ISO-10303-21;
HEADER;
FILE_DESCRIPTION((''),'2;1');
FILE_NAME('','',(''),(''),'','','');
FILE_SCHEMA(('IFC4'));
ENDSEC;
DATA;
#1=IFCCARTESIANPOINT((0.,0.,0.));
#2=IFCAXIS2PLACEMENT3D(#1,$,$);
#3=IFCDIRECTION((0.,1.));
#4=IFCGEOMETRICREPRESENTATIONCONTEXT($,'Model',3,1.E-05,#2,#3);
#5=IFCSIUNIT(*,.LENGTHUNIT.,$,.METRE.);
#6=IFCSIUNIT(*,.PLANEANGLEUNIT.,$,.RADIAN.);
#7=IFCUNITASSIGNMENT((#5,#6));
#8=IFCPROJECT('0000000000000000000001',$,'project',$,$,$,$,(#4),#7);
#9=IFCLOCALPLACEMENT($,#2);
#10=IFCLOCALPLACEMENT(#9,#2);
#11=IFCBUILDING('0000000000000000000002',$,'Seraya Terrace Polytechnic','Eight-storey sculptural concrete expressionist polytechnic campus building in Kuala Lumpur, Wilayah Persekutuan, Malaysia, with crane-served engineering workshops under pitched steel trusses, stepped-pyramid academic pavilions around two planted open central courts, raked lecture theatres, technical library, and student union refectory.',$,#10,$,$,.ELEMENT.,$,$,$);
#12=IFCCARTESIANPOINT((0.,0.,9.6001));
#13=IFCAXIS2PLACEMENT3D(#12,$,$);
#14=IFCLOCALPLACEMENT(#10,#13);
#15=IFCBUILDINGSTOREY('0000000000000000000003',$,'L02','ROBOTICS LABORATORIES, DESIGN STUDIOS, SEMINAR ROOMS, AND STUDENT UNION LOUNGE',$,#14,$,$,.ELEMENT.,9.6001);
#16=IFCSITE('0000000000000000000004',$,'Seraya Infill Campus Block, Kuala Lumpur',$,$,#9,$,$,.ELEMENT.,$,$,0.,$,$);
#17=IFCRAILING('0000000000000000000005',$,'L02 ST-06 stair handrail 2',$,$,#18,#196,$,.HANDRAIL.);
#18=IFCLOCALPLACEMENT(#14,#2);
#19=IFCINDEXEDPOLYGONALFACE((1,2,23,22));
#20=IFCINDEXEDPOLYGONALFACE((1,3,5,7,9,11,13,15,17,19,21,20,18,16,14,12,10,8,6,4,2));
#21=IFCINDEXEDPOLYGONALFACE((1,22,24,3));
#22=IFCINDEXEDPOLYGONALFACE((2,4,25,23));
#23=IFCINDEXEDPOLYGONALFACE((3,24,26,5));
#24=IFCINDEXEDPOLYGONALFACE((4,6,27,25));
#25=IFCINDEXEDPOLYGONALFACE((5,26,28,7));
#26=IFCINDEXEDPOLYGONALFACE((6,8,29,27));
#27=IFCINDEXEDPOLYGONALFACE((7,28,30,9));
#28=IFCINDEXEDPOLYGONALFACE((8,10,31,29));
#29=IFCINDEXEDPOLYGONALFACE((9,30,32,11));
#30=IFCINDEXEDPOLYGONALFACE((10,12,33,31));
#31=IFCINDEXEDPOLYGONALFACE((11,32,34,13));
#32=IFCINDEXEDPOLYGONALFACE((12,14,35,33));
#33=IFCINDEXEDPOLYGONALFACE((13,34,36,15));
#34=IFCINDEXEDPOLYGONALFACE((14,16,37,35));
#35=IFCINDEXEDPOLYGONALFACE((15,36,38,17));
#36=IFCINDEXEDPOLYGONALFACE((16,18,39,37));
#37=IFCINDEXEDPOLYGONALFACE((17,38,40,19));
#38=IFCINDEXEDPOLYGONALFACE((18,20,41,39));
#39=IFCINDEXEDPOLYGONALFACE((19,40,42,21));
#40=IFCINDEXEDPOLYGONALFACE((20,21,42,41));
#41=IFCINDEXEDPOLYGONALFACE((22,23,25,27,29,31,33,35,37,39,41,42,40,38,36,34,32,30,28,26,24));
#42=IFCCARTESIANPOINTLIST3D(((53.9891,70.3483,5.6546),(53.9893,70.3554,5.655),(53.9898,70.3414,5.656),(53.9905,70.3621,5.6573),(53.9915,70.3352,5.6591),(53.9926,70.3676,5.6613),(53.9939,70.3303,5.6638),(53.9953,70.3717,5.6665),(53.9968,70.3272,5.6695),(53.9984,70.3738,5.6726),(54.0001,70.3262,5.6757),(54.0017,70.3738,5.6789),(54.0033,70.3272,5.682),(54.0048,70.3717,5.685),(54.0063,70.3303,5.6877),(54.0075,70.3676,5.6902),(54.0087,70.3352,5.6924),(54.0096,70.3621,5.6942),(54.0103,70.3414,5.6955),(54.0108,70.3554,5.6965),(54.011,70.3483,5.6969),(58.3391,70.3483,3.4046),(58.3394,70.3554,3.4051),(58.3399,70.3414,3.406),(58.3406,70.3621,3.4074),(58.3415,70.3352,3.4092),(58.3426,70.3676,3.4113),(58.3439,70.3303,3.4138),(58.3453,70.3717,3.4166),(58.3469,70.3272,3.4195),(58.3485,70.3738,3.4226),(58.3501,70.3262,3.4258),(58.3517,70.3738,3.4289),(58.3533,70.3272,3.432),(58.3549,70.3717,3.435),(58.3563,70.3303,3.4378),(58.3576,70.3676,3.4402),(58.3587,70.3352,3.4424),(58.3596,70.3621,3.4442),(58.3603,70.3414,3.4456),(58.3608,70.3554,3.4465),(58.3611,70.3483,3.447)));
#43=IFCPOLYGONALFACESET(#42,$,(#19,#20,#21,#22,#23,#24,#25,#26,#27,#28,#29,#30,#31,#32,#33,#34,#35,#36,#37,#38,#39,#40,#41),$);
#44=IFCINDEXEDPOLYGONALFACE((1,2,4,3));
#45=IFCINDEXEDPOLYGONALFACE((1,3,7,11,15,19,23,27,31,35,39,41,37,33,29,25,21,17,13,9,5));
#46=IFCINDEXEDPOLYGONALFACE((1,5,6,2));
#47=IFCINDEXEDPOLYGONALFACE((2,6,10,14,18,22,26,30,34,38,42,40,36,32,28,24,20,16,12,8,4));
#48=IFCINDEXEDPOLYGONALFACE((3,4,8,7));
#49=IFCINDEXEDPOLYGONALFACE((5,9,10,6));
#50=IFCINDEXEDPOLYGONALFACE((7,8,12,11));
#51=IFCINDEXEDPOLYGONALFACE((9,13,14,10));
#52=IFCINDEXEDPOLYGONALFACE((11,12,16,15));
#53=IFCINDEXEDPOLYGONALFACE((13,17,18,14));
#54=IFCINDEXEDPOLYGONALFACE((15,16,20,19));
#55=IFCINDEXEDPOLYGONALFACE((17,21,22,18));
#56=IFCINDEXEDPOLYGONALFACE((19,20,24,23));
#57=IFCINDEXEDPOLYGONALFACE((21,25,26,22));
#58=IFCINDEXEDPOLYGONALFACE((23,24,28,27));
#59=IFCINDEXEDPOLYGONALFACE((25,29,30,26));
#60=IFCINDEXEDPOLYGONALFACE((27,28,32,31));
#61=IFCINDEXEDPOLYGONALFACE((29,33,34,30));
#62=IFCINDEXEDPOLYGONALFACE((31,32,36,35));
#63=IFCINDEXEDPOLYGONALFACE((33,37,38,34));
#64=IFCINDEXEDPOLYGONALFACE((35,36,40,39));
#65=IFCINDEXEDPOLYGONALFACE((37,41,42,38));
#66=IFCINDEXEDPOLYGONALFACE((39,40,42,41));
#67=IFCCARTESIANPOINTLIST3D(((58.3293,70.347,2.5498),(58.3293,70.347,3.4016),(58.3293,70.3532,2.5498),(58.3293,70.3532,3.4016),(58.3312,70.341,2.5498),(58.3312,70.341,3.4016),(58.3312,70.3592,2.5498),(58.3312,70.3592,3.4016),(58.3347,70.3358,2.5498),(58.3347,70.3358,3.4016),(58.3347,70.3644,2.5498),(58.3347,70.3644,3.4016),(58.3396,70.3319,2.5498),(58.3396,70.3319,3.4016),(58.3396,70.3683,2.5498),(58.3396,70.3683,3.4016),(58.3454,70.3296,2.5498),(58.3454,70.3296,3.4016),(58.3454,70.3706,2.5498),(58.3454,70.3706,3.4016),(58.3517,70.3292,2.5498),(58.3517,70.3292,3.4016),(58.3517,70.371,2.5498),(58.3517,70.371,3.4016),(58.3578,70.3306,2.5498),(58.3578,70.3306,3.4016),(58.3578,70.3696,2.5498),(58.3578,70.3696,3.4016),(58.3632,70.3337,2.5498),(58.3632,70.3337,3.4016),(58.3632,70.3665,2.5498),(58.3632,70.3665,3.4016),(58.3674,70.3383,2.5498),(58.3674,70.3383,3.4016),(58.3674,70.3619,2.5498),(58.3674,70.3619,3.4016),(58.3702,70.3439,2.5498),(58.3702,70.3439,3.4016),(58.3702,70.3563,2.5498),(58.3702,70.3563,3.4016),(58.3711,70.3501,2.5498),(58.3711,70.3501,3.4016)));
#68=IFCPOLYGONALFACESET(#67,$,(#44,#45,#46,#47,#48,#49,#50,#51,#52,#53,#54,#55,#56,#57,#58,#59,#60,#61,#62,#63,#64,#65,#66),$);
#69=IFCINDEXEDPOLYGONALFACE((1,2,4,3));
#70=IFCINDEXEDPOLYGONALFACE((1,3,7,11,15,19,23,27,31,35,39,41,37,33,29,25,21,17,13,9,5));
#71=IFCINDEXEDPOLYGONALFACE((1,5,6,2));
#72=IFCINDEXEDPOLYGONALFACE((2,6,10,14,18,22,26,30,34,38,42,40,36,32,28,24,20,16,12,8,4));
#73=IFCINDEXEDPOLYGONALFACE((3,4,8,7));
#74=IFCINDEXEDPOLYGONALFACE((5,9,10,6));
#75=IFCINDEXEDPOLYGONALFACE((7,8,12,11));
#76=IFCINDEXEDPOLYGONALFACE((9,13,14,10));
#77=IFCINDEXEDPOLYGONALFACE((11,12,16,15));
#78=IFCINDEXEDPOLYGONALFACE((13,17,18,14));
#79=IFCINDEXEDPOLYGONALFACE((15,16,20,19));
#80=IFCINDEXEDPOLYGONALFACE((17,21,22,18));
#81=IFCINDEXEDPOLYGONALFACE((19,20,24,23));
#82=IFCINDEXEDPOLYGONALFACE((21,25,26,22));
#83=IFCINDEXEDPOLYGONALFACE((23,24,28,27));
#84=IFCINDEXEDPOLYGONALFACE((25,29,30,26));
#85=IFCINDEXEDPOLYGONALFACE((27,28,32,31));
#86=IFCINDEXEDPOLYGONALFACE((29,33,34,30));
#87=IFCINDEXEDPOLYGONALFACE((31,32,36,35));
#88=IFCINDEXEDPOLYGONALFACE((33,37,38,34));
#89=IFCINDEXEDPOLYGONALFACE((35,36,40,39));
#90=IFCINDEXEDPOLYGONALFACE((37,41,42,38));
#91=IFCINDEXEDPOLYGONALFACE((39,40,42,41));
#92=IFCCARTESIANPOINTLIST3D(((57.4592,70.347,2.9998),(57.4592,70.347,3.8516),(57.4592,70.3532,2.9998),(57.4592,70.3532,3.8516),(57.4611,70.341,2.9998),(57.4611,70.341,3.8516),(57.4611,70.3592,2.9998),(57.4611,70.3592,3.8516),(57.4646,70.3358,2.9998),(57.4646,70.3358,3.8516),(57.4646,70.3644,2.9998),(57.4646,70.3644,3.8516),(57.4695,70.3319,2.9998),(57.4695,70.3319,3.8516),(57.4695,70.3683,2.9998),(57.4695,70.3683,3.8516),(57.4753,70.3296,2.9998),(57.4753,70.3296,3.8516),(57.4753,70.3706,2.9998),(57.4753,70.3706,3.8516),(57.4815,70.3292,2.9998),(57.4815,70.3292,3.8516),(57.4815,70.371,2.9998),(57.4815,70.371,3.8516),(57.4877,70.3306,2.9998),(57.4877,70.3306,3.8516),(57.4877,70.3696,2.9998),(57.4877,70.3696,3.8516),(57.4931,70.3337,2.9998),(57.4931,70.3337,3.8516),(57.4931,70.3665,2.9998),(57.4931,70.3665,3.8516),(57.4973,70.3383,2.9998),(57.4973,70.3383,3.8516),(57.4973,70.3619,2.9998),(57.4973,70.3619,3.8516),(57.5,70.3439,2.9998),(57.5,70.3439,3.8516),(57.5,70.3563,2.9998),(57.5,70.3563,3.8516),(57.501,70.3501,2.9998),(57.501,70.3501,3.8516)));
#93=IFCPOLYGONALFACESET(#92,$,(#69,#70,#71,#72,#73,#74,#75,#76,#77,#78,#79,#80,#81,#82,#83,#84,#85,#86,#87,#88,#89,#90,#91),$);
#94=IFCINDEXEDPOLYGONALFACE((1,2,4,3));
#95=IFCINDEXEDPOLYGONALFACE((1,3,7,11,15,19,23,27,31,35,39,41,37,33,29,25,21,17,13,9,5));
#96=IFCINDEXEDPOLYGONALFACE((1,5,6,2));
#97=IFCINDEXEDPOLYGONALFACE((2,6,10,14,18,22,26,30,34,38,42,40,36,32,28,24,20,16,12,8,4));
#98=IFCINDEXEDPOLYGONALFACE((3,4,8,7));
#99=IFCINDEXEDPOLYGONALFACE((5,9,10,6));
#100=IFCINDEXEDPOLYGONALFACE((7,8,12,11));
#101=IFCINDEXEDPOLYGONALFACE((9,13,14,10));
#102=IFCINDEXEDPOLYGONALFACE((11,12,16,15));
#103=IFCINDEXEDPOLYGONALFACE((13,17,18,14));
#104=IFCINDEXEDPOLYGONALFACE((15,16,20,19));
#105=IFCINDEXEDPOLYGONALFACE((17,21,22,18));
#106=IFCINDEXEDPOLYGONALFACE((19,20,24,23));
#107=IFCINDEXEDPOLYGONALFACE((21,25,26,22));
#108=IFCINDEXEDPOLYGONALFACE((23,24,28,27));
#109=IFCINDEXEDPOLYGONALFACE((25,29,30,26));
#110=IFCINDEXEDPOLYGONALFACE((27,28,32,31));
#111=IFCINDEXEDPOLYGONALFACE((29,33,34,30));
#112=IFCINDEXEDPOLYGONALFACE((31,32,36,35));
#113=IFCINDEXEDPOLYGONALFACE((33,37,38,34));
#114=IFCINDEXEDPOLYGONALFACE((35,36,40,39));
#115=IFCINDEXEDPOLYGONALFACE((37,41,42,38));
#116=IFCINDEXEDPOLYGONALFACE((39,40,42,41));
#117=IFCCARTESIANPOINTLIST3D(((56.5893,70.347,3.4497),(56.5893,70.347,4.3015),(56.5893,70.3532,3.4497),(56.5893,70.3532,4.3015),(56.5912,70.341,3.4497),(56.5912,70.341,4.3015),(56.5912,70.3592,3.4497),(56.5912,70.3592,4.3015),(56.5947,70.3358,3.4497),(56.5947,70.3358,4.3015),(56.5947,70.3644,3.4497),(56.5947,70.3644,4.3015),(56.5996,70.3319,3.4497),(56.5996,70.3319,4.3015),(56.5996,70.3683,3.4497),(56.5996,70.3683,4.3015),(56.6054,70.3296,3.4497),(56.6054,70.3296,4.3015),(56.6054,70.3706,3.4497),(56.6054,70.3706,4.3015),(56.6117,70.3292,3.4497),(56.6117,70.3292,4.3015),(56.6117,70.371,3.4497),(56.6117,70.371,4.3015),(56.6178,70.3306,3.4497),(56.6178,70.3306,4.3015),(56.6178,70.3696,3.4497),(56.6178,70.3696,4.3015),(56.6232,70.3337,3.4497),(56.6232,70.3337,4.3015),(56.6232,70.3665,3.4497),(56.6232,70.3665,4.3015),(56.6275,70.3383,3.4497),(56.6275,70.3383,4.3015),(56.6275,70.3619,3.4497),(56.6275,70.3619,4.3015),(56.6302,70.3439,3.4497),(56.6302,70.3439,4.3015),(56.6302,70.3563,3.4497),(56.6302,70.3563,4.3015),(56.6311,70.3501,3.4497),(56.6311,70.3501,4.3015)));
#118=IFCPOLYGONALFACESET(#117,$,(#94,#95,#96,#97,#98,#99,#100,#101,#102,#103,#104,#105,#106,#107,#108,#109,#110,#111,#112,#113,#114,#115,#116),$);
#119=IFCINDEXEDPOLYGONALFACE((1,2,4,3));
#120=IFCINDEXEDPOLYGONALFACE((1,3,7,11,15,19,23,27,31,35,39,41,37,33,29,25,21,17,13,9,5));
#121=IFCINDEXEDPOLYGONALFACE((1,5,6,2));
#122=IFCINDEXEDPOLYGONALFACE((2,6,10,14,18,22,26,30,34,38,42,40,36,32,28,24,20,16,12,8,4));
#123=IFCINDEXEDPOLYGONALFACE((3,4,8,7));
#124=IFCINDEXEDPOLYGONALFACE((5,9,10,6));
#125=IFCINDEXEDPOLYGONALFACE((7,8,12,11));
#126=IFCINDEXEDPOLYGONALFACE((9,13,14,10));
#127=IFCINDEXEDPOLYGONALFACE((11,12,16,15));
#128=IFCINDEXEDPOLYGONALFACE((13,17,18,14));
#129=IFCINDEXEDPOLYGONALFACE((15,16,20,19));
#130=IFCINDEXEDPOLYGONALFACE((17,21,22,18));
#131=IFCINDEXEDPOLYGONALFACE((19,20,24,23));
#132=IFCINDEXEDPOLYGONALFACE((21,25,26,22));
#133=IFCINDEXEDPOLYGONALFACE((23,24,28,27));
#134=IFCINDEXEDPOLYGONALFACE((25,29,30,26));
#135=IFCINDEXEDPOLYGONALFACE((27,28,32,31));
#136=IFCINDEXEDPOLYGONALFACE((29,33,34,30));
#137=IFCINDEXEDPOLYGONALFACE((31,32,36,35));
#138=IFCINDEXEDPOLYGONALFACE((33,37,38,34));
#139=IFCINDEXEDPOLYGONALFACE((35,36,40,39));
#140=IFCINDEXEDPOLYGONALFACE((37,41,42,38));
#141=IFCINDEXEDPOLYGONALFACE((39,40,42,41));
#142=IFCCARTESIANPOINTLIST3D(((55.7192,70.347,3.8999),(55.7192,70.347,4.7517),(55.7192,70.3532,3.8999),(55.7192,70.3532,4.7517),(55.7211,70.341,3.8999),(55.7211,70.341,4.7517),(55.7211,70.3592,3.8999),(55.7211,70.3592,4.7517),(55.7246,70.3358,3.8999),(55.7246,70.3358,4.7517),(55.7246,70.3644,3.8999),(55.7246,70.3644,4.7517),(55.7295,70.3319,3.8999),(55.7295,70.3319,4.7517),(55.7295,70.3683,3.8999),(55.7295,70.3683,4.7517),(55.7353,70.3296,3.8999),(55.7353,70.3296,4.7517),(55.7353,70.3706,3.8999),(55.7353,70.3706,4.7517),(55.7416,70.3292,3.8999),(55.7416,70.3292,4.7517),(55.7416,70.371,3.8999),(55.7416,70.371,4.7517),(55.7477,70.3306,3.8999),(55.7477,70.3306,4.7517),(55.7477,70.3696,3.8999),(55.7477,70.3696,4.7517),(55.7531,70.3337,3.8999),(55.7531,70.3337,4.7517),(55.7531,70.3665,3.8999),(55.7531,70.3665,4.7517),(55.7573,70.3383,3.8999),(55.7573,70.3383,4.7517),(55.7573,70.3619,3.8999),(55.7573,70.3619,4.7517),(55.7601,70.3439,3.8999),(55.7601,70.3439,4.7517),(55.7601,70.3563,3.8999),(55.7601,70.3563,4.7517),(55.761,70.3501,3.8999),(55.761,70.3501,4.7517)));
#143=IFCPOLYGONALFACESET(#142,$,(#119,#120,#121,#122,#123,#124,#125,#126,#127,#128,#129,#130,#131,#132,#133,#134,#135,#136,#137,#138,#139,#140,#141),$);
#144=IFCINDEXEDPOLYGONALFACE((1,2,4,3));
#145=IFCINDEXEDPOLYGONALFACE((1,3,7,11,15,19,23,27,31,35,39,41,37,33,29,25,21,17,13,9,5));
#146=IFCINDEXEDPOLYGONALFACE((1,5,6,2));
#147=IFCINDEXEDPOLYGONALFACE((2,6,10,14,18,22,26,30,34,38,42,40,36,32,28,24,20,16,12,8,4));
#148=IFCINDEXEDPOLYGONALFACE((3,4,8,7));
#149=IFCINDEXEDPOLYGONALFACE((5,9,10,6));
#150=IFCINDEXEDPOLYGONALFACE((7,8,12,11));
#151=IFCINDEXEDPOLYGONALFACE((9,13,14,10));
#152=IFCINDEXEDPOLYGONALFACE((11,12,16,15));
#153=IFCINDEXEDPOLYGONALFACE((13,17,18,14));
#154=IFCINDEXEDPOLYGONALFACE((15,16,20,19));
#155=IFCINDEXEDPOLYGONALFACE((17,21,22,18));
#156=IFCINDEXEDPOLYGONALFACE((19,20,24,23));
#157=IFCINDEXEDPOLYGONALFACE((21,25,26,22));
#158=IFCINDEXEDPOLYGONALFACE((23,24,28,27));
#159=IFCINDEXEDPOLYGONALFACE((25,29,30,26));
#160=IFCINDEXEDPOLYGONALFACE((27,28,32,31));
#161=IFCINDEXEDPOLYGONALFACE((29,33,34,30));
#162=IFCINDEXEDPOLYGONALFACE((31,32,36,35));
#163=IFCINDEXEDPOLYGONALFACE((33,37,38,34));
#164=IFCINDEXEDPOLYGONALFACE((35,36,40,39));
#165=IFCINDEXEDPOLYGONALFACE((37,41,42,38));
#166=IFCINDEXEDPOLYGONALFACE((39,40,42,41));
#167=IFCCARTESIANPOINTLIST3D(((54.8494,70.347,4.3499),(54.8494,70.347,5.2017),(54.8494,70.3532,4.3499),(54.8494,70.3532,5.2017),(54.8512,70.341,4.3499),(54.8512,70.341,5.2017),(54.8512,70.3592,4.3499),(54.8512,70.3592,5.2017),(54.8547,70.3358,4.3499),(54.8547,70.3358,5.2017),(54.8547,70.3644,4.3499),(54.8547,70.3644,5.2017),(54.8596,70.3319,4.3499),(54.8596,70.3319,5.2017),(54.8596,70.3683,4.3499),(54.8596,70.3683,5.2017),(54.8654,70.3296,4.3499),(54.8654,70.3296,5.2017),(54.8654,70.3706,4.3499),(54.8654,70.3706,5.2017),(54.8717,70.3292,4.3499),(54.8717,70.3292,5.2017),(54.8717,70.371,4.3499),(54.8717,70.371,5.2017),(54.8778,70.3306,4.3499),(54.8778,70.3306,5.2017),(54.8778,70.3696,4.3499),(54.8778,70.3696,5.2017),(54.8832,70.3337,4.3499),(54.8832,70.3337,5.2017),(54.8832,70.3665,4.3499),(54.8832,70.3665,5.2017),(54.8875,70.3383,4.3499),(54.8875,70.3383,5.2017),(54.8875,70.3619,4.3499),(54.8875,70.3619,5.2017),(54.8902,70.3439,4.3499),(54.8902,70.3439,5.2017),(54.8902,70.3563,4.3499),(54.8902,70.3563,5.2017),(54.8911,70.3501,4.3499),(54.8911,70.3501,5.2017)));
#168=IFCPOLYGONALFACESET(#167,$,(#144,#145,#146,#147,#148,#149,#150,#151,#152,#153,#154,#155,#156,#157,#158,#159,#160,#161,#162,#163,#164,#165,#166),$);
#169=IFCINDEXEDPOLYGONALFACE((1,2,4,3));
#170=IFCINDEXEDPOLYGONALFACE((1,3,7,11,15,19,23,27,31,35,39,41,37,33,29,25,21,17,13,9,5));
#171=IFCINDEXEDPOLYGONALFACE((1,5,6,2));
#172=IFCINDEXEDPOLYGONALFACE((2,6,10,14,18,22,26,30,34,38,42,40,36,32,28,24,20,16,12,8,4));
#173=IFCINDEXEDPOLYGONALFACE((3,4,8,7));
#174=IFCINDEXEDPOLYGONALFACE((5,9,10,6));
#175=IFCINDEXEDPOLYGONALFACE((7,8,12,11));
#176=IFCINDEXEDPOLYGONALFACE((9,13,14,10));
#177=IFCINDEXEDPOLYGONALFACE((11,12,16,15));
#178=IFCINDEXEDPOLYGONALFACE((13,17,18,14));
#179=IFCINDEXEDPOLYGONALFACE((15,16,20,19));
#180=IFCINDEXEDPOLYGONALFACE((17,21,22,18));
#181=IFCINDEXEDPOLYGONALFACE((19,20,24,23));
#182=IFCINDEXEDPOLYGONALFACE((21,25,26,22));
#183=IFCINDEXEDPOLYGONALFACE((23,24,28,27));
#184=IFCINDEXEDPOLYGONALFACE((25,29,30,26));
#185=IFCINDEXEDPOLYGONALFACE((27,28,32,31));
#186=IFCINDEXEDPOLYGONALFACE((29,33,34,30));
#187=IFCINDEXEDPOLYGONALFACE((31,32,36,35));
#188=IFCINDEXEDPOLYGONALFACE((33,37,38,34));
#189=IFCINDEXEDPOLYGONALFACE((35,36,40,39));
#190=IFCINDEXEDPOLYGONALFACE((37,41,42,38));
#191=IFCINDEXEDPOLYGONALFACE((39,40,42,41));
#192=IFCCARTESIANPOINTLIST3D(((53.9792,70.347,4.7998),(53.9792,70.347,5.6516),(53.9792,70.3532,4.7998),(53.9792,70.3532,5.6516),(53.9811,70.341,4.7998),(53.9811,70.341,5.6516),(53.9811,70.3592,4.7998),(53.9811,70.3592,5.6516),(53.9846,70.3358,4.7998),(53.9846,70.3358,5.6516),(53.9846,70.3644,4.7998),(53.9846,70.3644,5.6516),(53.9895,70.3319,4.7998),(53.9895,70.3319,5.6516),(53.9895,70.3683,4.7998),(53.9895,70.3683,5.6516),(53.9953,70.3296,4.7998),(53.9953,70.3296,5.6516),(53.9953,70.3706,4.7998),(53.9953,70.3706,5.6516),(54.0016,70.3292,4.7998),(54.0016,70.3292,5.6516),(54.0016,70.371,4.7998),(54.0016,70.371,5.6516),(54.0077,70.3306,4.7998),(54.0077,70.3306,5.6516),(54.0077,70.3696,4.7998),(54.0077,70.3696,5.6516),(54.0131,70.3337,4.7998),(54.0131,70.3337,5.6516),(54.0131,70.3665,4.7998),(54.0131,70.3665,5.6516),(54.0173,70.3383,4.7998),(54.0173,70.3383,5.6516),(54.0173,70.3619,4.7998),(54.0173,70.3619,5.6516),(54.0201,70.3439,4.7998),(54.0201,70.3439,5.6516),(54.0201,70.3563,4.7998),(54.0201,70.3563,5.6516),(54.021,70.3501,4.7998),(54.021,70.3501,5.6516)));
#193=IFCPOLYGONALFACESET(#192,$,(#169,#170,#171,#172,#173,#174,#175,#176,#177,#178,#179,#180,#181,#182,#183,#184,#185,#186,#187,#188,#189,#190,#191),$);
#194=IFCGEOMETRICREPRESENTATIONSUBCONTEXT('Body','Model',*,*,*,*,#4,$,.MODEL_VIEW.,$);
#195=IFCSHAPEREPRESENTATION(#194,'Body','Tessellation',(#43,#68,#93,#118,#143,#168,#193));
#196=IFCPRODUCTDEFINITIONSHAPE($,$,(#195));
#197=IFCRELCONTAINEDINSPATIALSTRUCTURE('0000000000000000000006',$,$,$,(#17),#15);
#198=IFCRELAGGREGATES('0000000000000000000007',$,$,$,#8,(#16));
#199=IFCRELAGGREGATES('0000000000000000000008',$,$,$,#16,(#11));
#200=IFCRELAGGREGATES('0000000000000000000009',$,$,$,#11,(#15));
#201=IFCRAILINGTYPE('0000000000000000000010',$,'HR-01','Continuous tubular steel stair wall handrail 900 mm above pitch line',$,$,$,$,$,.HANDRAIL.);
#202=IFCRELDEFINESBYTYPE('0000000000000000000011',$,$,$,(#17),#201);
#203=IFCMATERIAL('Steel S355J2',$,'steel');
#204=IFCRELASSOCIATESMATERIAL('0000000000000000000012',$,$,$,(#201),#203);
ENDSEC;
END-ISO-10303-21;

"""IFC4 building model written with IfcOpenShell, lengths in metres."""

from ifc_helpers import new_model, si_unit, direction, frame, origin, origin_2d, place, context, subcontext, project, spatial, circle, extrude, material, type_object, element, save


model = new_model("IFC4")

# Units and contexts
model_context = context("Model", 3, precision=1e-05, world=origin(), true_north=direction((0.0, 1.0)))
body_context = subcontext(model_context, "Body", "Model", "MODEL_VIEW")
ifc_project = project(units=[si_unit("LENGTHUNIT", "METRE"), si_unit("PLANEANGLEUNIT", "RADIAN")], contexts=[model_context])

# Site, building, storey
site_placement = place(None, origin())
site = spatial("IfcSite", under=ifc_project, at=site_placement, Name="Seraya Infill Campus Block, Kuala Lumpur", CompositionType="ELEMENT", RefElevation=0.0)
building_placement = place(site_placement, origin())
building = spatial("IfcBuilding", under=site, at=building_placement, Name="Seraya Terrace Polytechnic", Description="Eight-storey sculptural concrete expressionist polytechnic campus building in Kuala Lumpur, Wilayah Persekutuan, Malaysia, with crane-served engineering workshops under pitched steel trusses, stepped-pyramid academic pavilions around two planted open central courts, raked lecture theatres, technical library, and student union refectory.", CompositionType="ELEMENT")
storey_placement = place(building_placement, frame((0.0, 0.0, 9.6001)))
storey = spatial("IfcBuildingStorey", under=building, at=storey_placement, Name="L02", Description="ROBOTICS LABORATORIES, DESIGN STUDIOS, SEMINAR ROOMS, AND STUDENT UNION LOUNGE", CompositionType="ELEMENT", Elevation=9.6001)

# Shared definitions
ifc_material_1 = material(Name="Steel S355J2", Category="steel")

# Railing
railing_type_1 = type_object("IfcRailingType", Name="HR-01", Description="Continuous tubular steel stair wall handrail 900 mm above pitch line", PredefinedType="HANDRAIL", material=ifc_material_1)
railing_1_placement = place(storey_placement, frame((58.3501, 70.3501, 2.5498)))
element("IfcRailing", 1, at=railing_1_placement, inside=storey, type_object=railing_type_1, Name="L02 ST-06 stair handrail 2", PredefinedType="HANDRAIL", context=body_context, shape_type="SweptSolid", body=[
    extrude(circle(Radius=0.0239, at=origin_2d()), frame((0.0, 0.0, 0.876), z_axis=(-0.888222, 0.0, 0.459415), x_axis=(0.0, -1.0, 0.0)), (0.0, 0.0, 1.0), 4.8975),
    extrude(circle(Radius=0.021, at=origin_2d()), origin(), (0.0, 0.0, 1.0), 0.8518),
    extrude(circle(Radius=0.021, at=origin_2d()), frame((-0.8701, 0.0, 0.45)), (0.0, 0.0, 1.0), 0.8518),
    extrude(circle(Radius=0.021, at=origin_2d()), frame((-1.74, 0.0, 0.8999)), (0.0, 0.0, 1.0), 0.8518),
    extrude(circle(Radius=0.021, at=origin_2d()), frame((-2.6101, 0.0, 1.3501)), (0.0, 0.0, 1.0), 0.8518),
    extrude(circle(Radius=0.021, at=origin_2d()), frame((-3.48, 0.0, 1.8)), (0.0, 0.0, 1.0), 0.8518),
    extrude(circle(Radius=0.021, at=origin_2d()), frame((-4.3501, 0.0, 2.25)), (0.0, 0.0, 1.0), 0.8518),
])

save(model, "model.ifc")
